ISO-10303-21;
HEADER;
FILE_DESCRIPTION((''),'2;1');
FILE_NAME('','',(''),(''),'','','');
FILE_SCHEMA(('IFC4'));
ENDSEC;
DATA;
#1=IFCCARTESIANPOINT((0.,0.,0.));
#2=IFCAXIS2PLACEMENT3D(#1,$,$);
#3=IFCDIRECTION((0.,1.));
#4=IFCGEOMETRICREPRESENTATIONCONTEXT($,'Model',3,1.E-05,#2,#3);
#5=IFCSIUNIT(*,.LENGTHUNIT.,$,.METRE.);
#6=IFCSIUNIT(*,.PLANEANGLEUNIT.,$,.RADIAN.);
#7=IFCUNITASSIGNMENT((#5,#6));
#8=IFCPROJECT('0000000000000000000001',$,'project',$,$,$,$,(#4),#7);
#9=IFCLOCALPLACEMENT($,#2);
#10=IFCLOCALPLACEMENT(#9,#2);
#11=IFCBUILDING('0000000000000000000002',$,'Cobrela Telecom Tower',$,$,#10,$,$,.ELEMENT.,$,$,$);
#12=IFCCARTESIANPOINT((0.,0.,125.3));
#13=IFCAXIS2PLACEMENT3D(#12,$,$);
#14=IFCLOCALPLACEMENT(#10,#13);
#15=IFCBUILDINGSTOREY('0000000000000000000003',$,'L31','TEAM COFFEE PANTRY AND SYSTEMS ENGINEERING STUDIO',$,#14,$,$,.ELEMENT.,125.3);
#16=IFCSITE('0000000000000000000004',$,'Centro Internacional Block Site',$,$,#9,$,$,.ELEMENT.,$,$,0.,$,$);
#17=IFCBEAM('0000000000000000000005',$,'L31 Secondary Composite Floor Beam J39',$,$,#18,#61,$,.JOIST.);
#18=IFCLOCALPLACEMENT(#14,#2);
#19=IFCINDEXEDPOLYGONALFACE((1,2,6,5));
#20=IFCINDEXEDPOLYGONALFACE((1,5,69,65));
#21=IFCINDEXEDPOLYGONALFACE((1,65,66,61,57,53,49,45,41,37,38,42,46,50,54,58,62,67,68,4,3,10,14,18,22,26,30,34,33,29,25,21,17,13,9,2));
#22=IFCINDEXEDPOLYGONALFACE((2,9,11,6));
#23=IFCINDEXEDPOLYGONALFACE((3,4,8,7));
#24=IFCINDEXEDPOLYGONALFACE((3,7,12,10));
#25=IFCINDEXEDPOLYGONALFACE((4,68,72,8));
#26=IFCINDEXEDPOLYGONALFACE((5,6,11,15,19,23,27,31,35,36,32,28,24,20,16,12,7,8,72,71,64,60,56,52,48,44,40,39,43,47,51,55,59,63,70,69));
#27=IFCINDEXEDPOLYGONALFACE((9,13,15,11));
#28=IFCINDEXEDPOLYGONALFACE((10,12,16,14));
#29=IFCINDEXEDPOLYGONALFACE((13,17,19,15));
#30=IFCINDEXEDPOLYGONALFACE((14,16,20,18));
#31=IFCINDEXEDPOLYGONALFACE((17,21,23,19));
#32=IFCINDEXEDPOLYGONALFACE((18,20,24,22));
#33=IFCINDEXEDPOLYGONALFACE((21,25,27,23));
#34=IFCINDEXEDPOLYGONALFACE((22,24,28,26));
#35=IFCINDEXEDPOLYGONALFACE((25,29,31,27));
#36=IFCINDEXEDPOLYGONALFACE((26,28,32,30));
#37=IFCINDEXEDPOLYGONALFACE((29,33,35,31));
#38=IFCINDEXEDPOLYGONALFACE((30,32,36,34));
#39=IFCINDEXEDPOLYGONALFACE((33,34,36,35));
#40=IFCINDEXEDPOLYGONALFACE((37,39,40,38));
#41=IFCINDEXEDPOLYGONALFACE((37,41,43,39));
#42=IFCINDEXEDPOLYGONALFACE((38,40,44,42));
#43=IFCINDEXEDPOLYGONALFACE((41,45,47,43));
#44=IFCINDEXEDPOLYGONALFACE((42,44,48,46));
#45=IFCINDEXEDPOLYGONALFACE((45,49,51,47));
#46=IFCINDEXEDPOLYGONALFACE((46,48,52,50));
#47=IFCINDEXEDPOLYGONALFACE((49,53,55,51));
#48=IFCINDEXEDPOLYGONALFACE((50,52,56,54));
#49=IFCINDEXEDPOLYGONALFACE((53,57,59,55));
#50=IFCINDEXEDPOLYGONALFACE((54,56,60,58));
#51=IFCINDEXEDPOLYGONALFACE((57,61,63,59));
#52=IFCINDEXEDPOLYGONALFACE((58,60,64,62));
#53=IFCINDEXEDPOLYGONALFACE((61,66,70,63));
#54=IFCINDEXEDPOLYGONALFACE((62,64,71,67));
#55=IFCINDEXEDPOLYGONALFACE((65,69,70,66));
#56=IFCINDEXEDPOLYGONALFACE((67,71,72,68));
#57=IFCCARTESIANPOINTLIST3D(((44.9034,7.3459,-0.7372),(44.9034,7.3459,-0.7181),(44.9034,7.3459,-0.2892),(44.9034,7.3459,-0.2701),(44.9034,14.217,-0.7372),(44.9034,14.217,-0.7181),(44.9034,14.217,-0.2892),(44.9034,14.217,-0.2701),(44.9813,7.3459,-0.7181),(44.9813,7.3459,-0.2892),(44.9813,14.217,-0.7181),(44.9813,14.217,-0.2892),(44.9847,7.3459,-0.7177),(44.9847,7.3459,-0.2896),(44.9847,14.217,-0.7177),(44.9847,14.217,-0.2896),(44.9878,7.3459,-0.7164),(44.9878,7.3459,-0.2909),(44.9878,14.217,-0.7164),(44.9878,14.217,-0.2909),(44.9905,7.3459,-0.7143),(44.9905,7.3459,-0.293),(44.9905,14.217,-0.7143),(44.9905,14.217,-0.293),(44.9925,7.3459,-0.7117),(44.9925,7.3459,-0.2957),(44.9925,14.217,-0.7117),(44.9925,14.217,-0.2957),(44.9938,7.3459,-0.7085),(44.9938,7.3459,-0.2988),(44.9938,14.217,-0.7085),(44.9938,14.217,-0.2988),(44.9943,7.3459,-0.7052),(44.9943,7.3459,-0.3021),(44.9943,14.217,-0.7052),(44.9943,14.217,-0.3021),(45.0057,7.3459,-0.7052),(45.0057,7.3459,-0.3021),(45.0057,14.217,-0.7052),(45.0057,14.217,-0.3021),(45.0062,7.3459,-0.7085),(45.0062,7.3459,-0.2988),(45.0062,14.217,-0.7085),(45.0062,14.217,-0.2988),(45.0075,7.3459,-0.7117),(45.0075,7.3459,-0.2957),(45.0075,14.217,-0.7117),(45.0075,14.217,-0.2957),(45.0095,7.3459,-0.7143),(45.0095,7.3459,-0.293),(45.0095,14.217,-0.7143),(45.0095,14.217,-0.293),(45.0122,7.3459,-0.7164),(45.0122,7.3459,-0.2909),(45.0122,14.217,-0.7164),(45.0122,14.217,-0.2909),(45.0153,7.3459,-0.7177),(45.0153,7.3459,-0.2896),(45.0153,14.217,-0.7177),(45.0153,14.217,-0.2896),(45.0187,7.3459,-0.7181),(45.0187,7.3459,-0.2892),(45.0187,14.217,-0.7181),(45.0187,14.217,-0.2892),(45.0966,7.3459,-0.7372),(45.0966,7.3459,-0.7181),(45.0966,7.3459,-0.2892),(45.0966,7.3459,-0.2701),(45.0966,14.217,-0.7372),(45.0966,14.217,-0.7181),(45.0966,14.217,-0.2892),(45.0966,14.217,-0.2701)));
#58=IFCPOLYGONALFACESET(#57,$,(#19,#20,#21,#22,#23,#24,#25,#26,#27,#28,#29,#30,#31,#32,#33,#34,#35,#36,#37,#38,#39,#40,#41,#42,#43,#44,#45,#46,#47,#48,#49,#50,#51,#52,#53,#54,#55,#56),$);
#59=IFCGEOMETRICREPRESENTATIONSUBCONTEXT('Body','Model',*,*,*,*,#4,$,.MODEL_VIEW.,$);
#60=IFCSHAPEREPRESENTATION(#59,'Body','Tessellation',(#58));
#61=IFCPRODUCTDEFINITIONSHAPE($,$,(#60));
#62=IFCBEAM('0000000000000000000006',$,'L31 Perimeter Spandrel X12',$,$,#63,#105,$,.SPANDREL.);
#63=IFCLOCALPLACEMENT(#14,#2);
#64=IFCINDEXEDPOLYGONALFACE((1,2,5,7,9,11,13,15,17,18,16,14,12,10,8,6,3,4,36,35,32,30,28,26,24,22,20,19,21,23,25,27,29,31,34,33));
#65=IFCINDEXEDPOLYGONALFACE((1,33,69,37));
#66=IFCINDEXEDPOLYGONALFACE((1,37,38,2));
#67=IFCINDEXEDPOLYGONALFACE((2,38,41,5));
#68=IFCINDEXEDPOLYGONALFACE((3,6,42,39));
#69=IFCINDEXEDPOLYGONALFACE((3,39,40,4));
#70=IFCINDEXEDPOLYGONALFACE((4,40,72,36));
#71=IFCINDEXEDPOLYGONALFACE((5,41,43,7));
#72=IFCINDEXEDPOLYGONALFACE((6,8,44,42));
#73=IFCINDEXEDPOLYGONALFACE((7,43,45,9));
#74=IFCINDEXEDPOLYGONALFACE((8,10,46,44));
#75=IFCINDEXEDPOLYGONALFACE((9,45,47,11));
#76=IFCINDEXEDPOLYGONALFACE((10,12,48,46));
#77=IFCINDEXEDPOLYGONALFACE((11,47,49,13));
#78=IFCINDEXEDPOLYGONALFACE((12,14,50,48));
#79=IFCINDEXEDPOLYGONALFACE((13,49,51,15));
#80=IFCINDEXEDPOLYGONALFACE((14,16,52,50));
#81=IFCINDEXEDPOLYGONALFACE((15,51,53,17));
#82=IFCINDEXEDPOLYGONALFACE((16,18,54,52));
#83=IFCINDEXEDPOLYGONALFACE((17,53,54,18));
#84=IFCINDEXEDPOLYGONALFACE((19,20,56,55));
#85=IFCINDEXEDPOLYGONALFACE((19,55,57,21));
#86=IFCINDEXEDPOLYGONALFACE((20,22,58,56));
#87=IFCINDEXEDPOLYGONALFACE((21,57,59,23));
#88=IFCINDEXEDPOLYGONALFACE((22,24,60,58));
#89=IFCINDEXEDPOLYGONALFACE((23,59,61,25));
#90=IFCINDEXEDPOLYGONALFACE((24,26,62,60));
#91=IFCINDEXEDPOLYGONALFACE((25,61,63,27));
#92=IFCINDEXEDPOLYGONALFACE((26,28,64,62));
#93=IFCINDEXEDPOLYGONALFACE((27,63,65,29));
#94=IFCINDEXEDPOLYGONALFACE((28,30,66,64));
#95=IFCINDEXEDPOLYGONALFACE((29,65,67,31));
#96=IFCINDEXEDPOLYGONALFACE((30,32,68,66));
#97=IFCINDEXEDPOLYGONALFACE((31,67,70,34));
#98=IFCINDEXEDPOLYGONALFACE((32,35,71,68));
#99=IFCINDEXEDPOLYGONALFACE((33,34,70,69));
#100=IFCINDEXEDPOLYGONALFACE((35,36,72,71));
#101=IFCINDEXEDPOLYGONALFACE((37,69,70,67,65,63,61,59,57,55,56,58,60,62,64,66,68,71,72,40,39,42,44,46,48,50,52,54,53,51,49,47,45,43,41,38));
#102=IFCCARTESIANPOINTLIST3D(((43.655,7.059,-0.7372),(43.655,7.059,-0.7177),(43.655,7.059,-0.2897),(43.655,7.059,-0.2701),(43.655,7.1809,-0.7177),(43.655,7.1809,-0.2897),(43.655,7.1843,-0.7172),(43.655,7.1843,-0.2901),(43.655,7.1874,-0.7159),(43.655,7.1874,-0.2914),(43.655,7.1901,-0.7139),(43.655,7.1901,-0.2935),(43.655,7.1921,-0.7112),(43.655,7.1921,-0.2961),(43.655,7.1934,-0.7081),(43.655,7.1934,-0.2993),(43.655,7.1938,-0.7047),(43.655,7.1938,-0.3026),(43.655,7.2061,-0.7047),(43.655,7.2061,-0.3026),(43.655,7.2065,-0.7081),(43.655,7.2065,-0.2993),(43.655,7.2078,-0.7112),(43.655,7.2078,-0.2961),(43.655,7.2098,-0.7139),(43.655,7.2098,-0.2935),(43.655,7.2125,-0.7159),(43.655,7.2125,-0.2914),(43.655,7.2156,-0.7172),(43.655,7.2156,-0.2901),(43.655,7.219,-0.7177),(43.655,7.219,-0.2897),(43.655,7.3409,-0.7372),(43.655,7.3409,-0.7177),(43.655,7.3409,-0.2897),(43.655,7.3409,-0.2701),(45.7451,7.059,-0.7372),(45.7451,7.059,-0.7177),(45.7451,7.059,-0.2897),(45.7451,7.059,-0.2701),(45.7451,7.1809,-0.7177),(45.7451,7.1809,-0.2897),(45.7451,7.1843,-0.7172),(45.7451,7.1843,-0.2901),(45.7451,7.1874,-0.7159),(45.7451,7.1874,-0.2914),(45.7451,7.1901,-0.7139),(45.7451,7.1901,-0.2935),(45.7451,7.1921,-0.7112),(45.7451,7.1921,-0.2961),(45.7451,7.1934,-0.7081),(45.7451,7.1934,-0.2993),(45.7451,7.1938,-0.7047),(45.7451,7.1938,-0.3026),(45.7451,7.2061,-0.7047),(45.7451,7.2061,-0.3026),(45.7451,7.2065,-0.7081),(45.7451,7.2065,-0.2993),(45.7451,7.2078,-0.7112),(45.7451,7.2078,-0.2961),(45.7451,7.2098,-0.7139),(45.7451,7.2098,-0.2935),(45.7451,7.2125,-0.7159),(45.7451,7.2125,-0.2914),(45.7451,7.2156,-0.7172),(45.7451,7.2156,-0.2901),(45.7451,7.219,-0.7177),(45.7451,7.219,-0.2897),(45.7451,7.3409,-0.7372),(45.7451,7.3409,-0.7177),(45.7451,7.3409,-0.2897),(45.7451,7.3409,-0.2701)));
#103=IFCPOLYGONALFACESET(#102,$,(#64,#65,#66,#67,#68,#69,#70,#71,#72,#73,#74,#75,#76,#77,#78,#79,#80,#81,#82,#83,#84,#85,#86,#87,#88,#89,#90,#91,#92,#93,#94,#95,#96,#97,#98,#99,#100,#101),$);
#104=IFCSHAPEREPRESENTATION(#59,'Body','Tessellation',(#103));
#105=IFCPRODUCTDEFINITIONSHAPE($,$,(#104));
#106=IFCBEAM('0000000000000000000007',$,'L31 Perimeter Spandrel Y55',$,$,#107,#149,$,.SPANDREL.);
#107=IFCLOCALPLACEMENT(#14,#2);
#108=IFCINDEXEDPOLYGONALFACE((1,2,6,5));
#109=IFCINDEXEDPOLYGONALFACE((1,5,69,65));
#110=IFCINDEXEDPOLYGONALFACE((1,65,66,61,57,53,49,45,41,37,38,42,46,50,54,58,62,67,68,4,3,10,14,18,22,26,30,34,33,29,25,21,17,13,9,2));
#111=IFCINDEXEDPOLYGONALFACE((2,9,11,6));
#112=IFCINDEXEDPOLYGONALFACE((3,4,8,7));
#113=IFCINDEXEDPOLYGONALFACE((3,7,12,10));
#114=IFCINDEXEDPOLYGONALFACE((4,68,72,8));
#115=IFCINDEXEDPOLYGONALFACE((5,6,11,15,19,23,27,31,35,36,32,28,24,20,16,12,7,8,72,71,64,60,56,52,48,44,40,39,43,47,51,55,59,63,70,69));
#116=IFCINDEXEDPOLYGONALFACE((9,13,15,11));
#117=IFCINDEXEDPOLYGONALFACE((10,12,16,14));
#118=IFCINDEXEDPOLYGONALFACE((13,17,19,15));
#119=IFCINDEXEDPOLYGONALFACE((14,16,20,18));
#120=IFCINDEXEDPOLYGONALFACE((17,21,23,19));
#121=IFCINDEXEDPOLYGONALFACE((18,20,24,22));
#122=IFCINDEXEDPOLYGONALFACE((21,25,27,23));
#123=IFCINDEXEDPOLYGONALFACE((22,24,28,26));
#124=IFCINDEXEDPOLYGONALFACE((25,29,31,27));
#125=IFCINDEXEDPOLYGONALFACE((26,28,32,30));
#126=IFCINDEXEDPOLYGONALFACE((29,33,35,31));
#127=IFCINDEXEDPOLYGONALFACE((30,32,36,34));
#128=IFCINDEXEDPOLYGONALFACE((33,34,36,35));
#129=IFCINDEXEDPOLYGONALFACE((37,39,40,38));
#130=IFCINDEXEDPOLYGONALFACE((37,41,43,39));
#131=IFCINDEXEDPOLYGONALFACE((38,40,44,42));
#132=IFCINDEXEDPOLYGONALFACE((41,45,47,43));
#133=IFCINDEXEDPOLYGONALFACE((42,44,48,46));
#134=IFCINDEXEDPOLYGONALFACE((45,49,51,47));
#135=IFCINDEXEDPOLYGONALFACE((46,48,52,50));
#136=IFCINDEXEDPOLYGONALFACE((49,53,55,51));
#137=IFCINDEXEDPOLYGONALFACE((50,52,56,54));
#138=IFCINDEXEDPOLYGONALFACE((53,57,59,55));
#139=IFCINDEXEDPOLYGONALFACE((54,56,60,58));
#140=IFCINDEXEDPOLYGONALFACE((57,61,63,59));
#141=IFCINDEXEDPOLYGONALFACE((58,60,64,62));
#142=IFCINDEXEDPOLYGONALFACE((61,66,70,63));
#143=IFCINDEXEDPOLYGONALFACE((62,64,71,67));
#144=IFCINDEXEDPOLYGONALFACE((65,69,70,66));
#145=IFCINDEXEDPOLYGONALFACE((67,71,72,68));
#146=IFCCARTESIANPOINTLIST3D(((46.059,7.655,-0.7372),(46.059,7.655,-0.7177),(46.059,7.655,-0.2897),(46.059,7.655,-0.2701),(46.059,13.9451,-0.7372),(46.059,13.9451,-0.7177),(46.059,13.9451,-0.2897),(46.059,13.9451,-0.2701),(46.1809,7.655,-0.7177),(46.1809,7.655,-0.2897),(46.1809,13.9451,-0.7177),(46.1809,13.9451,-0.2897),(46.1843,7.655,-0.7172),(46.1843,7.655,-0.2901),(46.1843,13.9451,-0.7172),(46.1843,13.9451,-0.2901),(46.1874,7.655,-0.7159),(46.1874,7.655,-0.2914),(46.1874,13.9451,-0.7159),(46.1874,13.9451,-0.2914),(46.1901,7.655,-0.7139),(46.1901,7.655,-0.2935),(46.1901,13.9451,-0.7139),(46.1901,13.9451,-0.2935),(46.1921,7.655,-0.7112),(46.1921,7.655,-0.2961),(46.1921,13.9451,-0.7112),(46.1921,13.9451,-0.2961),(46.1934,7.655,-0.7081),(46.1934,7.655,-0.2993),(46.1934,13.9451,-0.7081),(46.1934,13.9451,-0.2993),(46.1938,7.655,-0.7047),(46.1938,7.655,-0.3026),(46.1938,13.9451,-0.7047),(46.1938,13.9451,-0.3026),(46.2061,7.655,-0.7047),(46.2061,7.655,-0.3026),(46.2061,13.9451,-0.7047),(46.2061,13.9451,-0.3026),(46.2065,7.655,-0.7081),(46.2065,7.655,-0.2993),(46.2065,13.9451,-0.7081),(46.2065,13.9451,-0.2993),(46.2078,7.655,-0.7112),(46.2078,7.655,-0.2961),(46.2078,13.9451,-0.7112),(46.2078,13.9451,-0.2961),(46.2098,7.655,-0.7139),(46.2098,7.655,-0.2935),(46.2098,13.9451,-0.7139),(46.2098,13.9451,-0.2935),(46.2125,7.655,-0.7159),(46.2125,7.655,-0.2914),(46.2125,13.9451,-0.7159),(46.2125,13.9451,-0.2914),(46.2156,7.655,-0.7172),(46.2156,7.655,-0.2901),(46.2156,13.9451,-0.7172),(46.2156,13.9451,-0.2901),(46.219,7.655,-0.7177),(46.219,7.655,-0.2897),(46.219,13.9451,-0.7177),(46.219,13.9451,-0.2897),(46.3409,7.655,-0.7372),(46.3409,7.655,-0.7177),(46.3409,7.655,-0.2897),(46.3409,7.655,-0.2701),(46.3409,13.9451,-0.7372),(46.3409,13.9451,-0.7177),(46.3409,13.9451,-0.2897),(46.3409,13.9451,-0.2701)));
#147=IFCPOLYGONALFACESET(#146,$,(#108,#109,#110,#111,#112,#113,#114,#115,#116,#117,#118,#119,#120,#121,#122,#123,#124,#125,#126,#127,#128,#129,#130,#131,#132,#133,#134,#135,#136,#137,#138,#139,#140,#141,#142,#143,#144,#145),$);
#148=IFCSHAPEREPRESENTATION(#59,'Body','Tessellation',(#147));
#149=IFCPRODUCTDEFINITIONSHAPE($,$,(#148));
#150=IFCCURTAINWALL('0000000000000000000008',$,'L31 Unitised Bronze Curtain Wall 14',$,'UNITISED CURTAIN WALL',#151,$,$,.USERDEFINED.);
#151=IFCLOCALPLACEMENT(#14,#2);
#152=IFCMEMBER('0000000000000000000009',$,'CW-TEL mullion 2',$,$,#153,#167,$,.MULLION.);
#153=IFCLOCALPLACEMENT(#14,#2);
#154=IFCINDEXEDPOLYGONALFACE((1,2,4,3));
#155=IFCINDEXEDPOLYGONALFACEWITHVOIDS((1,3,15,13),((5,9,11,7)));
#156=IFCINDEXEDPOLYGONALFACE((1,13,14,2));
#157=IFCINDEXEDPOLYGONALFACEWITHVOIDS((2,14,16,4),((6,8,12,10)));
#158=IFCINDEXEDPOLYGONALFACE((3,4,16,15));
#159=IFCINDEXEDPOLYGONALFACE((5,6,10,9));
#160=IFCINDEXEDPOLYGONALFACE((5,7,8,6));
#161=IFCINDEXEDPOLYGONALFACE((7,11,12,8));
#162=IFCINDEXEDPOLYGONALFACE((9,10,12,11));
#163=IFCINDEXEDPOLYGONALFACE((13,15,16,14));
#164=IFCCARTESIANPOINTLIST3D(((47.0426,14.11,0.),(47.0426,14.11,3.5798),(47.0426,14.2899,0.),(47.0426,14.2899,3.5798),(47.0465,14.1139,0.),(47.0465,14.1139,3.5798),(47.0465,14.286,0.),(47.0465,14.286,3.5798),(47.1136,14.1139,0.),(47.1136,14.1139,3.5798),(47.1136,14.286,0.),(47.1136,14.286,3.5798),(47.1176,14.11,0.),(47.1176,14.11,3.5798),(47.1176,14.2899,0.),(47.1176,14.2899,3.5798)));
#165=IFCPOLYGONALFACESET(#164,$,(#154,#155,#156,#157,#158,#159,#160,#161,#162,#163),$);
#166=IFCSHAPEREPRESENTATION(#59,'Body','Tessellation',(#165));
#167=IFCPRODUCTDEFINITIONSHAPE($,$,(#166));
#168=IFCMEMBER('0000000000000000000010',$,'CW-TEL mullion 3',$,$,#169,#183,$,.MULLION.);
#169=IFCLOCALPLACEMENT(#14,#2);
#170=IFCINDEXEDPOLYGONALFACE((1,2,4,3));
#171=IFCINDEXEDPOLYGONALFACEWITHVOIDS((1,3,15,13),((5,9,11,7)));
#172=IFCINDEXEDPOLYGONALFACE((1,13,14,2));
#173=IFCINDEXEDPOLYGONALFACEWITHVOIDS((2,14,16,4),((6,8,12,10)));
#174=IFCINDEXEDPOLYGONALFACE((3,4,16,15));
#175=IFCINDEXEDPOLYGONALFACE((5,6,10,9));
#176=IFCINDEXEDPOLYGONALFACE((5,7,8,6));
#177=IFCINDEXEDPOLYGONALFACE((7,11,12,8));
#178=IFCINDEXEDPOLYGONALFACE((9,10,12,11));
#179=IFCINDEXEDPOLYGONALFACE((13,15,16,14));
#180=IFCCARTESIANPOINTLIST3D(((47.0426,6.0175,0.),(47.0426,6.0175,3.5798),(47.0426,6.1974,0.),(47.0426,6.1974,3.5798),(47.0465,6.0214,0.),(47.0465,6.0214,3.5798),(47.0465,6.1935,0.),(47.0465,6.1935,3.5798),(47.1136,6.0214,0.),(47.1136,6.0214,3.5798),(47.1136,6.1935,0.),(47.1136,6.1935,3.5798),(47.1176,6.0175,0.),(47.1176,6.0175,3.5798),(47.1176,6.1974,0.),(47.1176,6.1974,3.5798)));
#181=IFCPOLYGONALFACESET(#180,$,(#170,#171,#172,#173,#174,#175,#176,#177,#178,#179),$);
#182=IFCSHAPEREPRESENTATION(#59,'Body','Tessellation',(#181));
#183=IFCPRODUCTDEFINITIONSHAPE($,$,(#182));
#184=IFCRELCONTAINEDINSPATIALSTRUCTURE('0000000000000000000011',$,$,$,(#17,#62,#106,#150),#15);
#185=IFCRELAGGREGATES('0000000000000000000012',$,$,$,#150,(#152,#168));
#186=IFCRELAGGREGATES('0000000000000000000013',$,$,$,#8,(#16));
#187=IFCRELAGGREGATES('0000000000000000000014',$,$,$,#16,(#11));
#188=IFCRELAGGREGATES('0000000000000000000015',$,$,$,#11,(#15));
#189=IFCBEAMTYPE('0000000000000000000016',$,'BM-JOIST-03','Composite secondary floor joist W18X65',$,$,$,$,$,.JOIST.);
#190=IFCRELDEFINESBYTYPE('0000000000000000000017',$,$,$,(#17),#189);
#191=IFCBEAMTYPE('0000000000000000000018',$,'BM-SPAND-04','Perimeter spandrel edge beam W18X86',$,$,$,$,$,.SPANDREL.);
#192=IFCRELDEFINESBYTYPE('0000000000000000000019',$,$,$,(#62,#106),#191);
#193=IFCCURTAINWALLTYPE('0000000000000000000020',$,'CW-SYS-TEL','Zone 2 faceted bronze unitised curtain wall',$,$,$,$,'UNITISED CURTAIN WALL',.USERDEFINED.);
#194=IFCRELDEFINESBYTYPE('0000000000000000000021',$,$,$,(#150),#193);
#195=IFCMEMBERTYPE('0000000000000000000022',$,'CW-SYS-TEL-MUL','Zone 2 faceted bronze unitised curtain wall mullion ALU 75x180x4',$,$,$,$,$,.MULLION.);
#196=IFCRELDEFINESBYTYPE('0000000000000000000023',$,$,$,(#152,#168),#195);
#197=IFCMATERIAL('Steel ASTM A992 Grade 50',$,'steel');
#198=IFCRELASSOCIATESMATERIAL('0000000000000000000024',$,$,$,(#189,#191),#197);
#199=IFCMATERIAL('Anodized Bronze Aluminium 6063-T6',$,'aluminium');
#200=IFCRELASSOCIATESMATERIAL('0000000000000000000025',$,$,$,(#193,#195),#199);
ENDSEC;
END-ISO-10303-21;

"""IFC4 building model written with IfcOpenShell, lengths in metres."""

from ifc_helpers import new_model, si_unit, direction, frame, origin, origin_2d, place, context, subcontext, project, spatial, hollow_rectangle, i_section, extrude, material, material_profile, profile_set, type_object, element, aggregate, save


model = new_model("IFC4")

# Units and contexts
model_context = context("Model", 3, precision=1e-05, world=origin(), true_north=direction((0.0, 1.0)))
body_context = subcontext(model_context, "Body", "Model", "MODEL_VIEW")
ifc_project = project(units=[si_unit("LENGTHUNIT", "METRE"), si_unit("PLANEANGLEUNIT", "RADIAN")], contexts=[model_context])

# Site, building, storey
site_placement = place(None, origin())
site = spatial("IfcSite", under=ifc_project, at=site_placement, Name="Centro Internacional Block Site", CompositionType="ELEMENT", RefElevation=0.0)
building_placement = place(site_placement, origin())
building = spatial("IfcBuilding", under=site, at=building_placement, Name="Cobrela Telecom Tower", CompositionType="ELEMENT")
storey_placement = place(building_placement, frame((0.0, 0.0, 125.3)))
storey = spatial("IfcBuildingStorey", under=building, at=storey_placement, Name="L31", Description="TEAM COFFEE PANTRY AND SYSTEMS ENGINEERING STUDIO", CompositionType="ELEMENT", Elevation=125.3)

# Shared definitions
ifc_material_1 = material(Name="Steel ASTM A992 Grade 50", Category="steel")

# Beams
ifc_material_profile_1 = material_profile(ifc_material_1, i_section(OverallWidth=0.1931, OverallDepth=0.467, WebThickness=0.0115, FlangeThickness=0.019, FilletRadius=0.0129, at=origin_2d()), Name="W18X65")
ifc_profile_set_1 = profile_set([ifc_material_profile_1], Name="Steel ASTM A992 Grade 50")
beam_type_1 = type_object("IfcBeamType", Name="BM-JOIST-03", Description="Composite secondary floor joist W18X65", PredefinedType="JOIST", material=ifc_profile_set_1)
beam_1_placement = place(storey_placement, frame((45.0, 7.3459, -0.5037), z_axis=(0.0, 1.0, 0.0), x_axis=(-1.0, 0.0, 0.0)))
element("IfcBeam", 1, at=beam_1_placement, inside=storey, type_object=beam_type_1, Name="L31 Secondary Composite Floor Beam J39", PredefinedType="JOIST", context=body_context, shape_type="SweptSolid", body=[
    extrude(i_section(OverallWidth=0.1931, OverallDepth=0.467, WebThickness=0.0115, FlangeThickness=0.019, FilletRadius=0.0129, at=origin_2d()), origin(), (0.0, 0.0, 1.0), 6.8711),
])
ifc_material_profile_2 = material_profile(ifc_material_1, i_section(OverallWidth=0.282, OverallDepth=0.467, WebThickness=0.0122, FlangeThickness=0.0195, FilletRadius=0.0129, at=origin_2d()), Name="W18X86")
ifc_profile_set_2 = profile_set([ifc_material_profile_2], Name="Steel ASTM A992 Grade 50")
beam_type_2 = type_object("IfcBeamType", Name="BM-SPAND-04", Description="Perimeter spandrel edge beam W18X86", PredefinedType="SPANDREL", material=ifc_profile_set_2)
beam_2_placement = place(storey_placement, frame((43.655, 7.2, -0.5037), z_axis=(1.0, 0.0, 0.0), x_axis=(0.0, 1.0, 0.0)))
element("IfcBeam", 2, at=beam_2_placement, inside=storey, type_object=beam_type_2, Name="L31 Perimeter Spandrel X12", PredefinedType="SPANDREL", context=body_context, shape_type="SweptSolid", body=[
    extrude(i_section(OverallWidth=0.282, OverallDepth=0.467, WebThickness=0.0122, FlangeThickness=0.0195, FilletRadius=0.0129, at=origin_2d()), origin(), (0.0, 0.0, 1.0), 2.0901),
])
beam_3_placement = place(storey_placement, frame((46.2, 7.655, -0.5037), z_axis=(0.0, 1.0, 0.0), x_axis=(-1.0, 0.0, 0.0)))
element("IfcBeam", 3, at=beam_3_placement, inside=storey, type_object=beam_type_2, Name="L31 Perimeter Spandrel Y55", PredefinedType="SPANDREL", context=body_context, shape_type="SweptSolid", body=[
    extrude(i_section(OverallWidth=0.282, OverallDepth=0.467, WebThickness=0.0122, FlangeThickness=0.0195, FilletRadius=0.0129, at=origin_2d()), origin(), (0.0, 0.0, 1.0), 6.29),
])

# Curtain wall, members
ifc_material_2 = material(Name="Anodized Bronze Aluminium 6063-T6", Category="aluminium")
curtain_wall_type = type_object("IfcCurtainWallType", Name="CW-SYS-TEL", Description="Zone 2 faceted bronze unitised curtain wall", ElementType="UNITISED CURTAIN WALL", PredefinedType="USERDEFINED", material=ifc_material_2)
curtain_wall_1_placement = place(storey_placement, origin())
curtain_wall_1 = element("IfcCurtainWall", 4, at=curtain_wall_1_placement, inside=storey, type_object=curtain_wall_type, Name="L31 Unitised Bronze Curtain Wall 14", ObjectType="UNITISED CURTAIN WALL", PredefinedType="USERDEFINED")
ifc_material_profile_3 = material_profile(ifc_material_2, hollow_rectangle(XDim=0.075, YDim=0.1799, WallThickness=0.0039, at=origin_2d()), Name="ALU 75x180x4")
ifc_profile_set_3 = profile_set([ifc_material_profile_3], Name="Anodized Bronze Aluminium 6063-T6")
member_type_1 = type_object("IfcMemberType", Name="CW-SYS-TEL-MUL", Description="Zone 2 faceted bronze unitised curtain wall mullion ALU 75x180x4", PredefinedType="MULLION", material=ifc_profile_set_3)
member_1_placement = place(storey_placement, frame((47.0801, 14.2, 0.0), z_axis=(0.0, 0.0, 1.0), x_axis=(1.0, 0.0, 0.0)))
member_1 = element("IfcMember", 5, at=member_1_placement, type_object=member_type_1, Name="CW-TEL mullion 2", PredefinedType="MULLION", context=body_context, shape_type="SweptSolid", body=[
    extrude(hollow_rectangle(XDim=0.075, YDim=0.1799, WallThickness=0.0039, at=origin_2d()), origin(), (0.0, 0.0, 1.0), 3.5798),
])
member_2_placement = place(storey_placement, frame((47.0801, 6.1074, 0.0), z_axis=(0.0, 0.0, 1.0), x_axis=(1.0, 0.0, 0.0)))
member_2 = element("IfcMember", 6, at=member_2_placement, type_object=member_type_1, Name="CW-TEL mullion 3", PredefinedType="MULLION", context=body_context, shape_type="SweptSolid", body=[
    extrude(hollow_rectangle(XDim=0.075, YDim=0.1799, WallThickness=0.0039, at=origin_2d()), origin(), (0.0, 0.0, 1.0), 3.5798),
])

aggregate(curtain_wall_1, [member_1, member_2])

save(model, "model.ifc")
